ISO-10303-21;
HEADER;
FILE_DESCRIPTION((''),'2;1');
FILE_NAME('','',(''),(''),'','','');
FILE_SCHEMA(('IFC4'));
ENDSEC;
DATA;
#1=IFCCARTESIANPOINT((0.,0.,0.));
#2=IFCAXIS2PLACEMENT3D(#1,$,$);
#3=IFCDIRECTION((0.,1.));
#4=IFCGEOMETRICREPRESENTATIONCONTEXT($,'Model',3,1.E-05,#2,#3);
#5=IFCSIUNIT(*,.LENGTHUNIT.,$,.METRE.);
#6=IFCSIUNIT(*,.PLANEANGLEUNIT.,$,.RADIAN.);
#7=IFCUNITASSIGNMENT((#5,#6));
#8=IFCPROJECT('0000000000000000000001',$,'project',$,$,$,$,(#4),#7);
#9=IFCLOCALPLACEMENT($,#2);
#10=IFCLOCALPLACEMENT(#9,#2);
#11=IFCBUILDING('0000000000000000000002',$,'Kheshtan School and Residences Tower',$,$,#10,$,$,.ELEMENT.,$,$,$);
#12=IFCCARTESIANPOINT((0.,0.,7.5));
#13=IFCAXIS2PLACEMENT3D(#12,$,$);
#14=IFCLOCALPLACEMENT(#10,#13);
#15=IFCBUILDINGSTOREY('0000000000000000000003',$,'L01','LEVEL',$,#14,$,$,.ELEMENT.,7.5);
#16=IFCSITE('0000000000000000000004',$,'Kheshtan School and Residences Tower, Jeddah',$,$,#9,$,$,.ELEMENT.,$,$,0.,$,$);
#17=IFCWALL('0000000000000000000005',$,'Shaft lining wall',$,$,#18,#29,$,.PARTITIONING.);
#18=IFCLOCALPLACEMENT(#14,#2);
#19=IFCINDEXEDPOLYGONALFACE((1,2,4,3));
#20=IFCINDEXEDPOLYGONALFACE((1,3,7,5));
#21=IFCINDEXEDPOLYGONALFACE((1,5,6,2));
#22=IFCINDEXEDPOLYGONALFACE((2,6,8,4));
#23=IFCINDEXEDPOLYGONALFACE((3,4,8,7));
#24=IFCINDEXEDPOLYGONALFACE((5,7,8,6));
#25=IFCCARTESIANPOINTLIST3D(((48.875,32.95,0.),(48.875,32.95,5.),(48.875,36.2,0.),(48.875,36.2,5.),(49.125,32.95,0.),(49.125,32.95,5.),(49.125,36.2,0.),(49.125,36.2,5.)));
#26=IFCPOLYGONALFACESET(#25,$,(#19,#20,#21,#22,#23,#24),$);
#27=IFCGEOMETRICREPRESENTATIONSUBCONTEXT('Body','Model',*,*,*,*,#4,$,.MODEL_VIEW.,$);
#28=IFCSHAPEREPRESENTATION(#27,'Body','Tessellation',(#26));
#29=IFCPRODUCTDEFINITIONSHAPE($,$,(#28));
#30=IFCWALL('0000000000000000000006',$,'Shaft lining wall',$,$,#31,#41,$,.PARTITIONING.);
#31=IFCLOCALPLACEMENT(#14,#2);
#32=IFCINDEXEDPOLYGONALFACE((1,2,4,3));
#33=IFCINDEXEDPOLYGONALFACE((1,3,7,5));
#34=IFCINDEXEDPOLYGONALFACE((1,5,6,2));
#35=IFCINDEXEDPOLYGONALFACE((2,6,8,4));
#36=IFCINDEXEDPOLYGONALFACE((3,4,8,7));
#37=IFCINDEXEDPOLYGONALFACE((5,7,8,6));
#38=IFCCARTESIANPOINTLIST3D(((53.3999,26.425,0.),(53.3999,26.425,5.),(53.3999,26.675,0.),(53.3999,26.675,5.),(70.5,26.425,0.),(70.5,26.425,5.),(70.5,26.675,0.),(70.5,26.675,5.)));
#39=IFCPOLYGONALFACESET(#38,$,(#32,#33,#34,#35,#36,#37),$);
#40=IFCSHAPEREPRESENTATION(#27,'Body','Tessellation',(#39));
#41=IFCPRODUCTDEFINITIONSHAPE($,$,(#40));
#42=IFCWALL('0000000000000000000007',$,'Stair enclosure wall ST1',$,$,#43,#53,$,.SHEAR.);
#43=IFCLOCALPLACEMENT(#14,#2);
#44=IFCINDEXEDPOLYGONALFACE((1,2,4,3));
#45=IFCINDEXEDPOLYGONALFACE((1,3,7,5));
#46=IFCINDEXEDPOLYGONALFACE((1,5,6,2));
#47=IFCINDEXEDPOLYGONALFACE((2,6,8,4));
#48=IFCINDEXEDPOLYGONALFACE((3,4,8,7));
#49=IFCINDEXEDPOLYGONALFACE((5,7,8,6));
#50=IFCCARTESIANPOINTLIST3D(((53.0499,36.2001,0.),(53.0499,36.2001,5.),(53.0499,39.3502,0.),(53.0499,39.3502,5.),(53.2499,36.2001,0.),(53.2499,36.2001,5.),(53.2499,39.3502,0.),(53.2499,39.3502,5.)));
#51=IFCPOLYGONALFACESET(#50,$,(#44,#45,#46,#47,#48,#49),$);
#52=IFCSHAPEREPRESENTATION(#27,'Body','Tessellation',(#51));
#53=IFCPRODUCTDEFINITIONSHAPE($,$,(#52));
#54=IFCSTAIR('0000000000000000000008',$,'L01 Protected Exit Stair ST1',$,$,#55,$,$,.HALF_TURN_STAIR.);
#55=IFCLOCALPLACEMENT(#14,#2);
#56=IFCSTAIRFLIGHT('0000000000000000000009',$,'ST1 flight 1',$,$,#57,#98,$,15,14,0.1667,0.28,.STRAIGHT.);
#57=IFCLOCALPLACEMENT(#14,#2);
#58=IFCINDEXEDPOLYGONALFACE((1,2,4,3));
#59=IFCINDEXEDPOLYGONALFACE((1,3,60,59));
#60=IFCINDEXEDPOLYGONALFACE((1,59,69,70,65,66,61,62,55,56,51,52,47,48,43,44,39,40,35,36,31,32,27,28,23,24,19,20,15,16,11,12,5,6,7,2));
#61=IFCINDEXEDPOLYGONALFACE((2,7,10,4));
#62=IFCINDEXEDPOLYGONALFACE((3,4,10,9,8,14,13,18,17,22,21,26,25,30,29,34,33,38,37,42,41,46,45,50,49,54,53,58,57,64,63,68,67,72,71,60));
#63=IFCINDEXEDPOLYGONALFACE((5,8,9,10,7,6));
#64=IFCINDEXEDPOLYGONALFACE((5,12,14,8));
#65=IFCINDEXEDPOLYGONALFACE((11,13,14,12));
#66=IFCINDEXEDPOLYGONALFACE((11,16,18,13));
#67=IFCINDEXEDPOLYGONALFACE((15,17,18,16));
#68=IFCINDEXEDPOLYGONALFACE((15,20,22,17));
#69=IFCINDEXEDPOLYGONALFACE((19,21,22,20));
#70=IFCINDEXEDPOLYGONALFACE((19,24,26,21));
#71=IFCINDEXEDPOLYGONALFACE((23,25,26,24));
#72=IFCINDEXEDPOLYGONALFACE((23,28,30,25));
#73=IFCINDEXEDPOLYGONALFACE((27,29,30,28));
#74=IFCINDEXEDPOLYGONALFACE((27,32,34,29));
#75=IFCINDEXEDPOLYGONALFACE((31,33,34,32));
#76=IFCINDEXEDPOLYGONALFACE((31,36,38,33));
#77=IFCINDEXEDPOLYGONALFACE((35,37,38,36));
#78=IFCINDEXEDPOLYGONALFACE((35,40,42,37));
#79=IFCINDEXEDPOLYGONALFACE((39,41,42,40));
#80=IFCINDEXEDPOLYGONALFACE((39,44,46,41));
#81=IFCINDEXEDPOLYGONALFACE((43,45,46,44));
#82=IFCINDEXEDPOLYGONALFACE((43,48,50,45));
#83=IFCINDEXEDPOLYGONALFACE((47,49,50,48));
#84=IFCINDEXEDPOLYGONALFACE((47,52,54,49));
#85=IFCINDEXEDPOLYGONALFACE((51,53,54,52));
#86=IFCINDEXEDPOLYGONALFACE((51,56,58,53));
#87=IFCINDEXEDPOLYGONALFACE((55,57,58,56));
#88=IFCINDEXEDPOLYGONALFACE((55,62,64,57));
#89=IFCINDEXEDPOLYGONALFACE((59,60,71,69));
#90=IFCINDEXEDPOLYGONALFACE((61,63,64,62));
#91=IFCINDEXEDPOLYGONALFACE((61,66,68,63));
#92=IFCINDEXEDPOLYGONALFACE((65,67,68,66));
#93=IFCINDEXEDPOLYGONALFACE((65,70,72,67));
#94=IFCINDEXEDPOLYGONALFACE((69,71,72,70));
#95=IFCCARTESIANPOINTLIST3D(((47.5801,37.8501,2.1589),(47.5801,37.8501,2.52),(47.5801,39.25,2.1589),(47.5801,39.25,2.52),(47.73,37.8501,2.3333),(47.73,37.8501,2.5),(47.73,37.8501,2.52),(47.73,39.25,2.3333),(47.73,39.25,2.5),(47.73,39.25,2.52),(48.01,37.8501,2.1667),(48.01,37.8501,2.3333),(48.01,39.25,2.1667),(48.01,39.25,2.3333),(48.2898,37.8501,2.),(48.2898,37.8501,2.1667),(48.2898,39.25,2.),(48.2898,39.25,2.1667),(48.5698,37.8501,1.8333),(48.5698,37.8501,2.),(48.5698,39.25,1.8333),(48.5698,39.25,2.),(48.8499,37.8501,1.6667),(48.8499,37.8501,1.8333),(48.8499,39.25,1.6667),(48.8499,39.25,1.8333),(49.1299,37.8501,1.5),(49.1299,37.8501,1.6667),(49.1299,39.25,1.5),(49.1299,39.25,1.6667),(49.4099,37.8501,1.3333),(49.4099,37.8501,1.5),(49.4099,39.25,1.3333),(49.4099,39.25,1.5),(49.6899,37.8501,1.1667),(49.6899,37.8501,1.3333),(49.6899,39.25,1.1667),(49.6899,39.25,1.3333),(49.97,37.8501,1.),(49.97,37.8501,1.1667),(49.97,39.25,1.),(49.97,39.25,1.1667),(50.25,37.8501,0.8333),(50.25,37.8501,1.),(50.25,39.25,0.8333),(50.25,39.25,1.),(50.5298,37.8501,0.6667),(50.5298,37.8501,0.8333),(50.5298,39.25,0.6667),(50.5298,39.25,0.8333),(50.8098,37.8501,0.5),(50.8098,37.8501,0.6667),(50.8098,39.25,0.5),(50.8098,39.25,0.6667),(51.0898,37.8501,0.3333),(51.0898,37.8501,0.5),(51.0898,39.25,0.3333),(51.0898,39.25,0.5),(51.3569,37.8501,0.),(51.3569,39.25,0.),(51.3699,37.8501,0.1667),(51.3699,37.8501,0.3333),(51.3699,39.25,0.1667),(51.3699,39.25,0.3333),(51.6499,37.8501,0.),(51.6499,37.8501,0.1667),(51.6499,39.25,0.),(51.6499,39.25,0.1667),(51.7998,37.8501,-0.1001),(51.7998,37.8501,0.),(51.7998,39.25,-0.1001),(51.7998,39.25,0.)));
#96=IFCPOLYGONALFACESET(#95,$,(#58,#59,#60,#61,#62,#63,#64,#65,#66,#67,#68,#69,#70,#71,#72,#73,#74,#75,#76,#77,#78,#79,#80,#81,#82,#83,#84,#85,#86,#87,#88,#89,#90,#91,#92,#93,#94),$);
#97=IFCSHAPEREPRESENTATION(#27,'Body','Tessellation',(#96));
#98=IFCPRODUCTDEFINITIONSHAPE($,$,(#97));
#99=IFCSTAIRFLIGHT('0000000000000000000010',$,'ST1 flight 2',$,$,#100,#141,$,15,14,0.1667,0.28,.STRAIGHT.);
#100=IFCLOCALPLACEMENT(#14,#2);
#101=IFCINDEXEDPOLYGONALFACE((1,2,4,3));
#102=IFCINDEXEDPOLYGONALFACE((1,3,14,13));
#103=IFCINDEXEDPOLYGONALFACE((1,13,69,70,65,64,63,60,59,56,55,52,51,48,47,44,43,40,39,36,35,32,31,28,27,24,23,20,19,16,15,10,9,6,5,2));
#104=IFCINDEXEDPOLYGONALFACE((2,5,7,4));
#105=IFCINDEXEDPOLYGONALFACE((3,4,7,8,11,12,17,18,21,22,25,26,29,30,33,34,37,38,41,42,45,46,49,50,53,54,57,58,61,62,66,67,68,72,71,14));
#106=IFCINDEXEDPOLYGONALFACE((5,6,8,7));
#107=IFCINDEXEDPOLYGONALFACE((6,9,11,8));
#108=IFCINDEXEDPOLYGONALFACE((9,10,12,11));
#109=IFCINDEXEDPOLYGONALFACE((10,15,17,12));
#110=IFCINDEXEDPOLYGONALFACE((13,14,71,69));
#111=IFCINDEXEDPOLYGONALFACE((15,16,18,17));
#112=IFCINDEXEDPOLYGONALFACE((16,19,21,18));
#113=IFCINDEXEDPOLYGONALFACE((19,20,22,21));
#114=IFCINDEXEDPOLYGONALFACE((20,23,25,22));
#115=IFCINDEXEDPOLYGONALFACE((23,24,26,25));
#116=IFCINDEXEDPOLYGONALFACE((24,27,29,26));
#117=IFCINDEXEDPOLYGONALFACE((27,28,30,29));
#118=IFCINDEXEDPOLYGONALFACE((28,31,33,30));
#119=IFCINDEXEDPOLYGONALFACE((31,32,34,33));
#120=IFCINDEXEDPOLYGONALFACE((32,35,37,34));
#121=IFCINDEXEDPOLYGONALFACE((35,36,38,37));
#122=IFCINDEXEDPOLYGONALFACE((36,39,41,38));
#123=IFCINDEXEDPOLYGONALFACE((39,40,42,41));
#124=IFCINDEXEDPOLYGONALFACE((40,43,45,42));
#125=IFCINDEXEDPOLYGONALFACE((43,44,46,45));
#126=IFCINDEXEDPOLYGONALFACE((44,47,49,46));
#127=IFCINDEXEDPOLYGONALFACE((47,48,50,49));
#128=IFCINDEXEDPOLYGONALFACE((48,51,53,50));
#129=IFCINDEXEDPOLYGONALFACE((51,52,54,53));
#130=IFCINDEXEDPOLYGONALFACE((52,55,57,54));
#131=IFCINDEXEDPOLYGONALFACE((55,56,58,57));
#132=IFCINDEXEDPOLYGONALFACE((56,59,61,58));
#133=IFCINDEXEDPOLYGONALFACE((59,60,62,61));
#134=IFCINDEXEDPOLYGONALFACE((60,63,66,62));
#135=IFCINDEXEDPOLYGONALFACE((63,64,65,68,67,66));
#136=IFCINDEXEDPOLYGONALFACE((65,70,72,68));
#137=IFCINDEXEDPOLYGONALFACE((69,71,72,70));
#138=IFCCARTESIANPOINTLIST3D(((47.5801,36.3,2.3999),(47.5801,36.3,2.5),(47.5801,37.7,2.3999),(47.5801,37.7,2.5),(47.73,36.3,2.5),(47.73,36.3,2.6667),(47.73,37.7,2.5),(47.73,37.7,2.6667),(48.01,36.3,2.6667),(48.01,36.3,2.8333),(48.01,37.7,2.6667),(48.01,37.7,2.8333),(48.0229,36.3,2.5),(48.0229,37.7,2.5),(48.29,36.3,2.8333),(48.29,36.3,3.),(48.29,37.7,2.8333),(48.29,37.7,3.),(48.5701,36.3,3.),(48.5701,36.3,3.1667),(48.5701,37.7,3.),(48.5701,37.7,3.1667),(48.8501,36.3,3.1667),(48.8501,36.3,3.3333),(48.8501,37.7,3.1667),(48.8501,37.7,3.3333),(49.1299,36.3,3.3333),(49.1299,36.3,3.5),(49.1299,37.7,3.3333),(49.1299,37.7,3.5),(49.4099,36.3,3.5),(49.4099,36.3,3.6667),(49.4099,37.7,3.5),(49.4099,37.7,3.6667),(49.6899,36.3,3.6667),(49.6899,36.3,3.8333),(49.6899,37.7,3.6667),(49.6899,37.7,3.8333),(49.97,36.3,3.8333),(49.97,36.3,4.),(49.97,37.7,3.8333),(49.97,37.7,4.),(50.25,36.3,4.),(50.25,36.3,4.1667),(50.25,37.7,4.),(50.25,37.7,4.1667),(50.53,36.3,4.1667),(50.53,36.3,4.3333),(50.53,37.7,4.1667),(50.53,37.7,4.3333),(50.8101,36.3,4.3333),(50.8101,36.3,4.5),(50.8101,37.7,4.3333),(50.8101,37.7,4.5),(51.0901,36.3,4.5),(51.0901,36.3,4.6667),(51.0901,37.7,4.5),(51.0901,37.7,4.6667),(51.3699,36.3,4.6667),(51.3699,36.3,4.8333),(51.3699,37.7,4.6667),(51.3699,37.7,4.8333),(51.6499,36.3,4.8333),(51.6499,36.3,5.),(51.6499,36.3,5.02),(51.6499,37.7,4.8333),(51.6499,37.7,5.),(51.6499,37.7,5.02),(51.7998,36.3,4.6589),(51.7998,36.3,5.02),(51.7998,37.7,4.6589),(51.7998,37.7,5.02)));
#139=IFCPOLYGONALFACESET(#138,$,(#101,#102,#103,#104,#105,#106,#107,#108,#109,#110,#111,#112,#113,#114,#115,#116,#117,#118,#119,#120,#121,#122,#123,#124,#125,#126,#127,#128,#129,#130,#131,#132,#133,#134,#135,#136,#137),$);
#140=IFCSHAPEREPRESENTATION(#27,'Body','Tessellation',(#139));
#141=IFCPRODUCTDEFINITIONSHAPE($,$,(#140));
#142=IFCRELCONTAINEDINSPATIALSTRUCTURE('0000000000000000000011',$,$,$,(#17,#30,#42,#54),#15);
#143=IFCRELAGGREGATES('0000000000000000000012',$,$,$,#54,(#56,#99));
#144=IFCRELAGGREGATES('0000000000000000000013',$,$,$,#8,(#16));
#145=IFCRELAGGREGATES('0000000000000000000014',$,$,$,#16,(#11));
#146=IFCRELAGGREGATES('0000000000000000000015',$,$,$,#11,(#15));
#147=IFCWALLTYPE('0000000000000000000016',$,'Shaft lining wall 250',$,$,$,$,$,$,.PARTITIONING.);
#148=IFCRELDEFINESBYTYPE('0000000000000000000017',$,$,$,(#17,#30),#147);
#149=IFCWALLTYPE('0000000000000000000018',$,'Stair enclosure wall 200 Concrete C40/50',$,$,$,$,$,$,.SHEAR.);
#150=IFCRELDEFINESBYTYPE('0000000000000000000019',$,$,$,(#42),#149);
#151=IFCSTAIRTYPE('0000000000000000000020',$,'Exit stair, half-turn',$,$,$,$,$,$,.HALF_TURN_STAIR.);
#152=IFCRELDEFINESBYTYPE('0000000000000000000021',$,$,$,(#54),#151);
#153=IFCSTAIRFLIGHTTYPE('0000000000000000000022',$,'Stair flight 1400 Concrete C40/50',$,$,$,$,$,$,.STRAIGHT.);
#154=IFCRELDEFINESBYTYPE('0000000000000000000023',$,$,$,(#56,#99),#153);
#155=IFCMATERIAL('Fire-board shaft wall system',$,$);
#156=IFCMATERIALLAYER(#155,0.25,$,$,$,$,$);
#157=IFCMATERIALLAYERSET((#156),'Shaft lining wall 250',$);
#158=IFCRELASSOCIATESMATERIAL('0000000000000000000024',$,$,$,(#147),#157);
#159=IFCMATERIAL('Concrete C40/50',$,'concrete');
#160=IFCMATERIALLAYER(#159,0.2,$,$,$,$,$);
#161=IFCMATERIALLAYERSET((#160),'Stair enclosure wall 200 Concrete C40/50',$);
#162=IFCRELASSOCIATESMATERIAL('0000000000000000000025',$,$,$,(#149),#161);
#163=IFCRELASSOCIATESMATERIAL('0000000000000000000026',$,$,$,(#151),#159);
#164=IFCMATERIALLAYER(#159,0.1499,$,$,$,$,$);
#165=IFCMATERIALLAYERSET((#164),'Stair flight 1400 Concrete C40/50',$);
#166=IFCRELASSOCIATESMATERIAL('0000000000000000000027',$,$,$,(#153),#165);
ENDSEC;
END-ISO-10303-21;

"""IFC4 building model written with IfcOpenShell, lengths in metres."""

from ifc_helpers import new_model, si_unit, direction, frame, frame_2d, origin, place, context, subcontext, project, spatial, polyline, rectangle, outline, extrude, material, layer, layer_set, type_object, element, aggregate, save


model = new_model("IFC4")

# Units and contexts
model_context = context("Model", 3, precision=1e-05, world=origin(), true_north=direction((0.0, 1.0)))
body_context = subcontext(model_context, "Body", "Model", "MODEL_VIEW")
ifc_project = project(units=[si_unit("LENGTHUNIT", "METRE"), si_unit("PLANEANGLEUNIT", "RADIAN")], contexts=[model_context])

# Site, building, storey
site_placement = place(None, origin())
site = spatial("IfcSite", under=ifc_project, at=site_placement, Name="Kheshtan School and Residences Tower, Jeddah", CompositionType="ELEMENT", RefElevation=0.0)
building_placement = place(site_placement, origin())
building = spatial("IfcBuilding", under=site, at=building_placement, Name="Kheshtan School and Residences Tower", CompositionType="ELEMENT")
storey_placement = place(building_placement, frame((0.0, 0.0, 7.5)))
storey = spatial("IfcBuildingStorey", under=building, at=storey_placement, Name="L01", Description="LEVEL", CompositionType="ELEMENT", Elevation=7.5)

# Walls
ifc_material_1 = material(Name="Fire-board shaft wall system")
ifc_layer_1 = layer(ifc_material_1, 0.25)
ifc_layer_set_1 = layer_set([ifc_layer_1], Name="Shaft lining wall 250")
wall_type_1 = type_object("IfcWallType", Name="Shaft lining wall 250", PredefinedType="PARTITIONING", material=ifc_layer_set_1)
wall_1_placement = place(storey_placement, frame((49.0, 32.95, 0.0), z_axis=(0.0, 0.0, 1.0), x_axis=(0.0, 1.0, 0.0)))
element("IfcWall", 1, at=wall_1_placement, inside=storey, type_object=wall_type_1, Name="Shaft lining wall", PredefinedType="PARTITIONING", context=body_context, shape_type="SweptSolid", body=[
    extrude(rectangle(XDim=3.25, YDim=0.25, at=frame_2d((1.625, 0.0))), origin(), (0.0, 0.0, 1.0), 5.0),
])
wall_2_placement = place(storey_placement, frame((53.3999, 26.55, 0.0), z_axis=(0.0, 0.0, 1.0), x_axis=(1.0, 0.0, 0.0)))
element("IfcWall", 2, at=wall_2_placement, inside=storey, type_object=wall_type_1, Name="Shaft lining wall", PredefinedType="PARTITIONING", context=body_context, shape_type="SweptSolid", body=[
    extrude(rectangle(XDim=17.1001, YDim=0.25, at=frame_2d((8.55, 0.0))), origin(), (0.0, 0.0, 1.0), 5.0),
])
ifc_material_2 = material(Name="Concrete C40/50", Category="concrete")
ifc_layer_2 = layer(ifc_material_2, 0.2)
ifc_layer_set_2 = layer_set([ifc_layer_2], Name="Stair enclosure wall 200 Concrete C40/50")
wall_type_2 = type_object("IfcWallType", Name="Stair enclosure wall 200 Concrete C40/50", PredefinedType="SHEAR", material=ifc_layer_set_2)
wall_3_placement = place(storey_placement, frame((53.1499, 36.2, 0.0), z_axis=(0.0, 0.0, 1.0), x_axis=(0.0, 1.0, 0.0)))
element("IfcWall", 3, at=wall_3_placement, inside=storey, type_object=wall_type_2, Name="Stair enclosure wall ST1", PredefinedType="SHEAR", context=body_context, shape_type="SweptSolid", body=[
    extrude(rectangle(XDim=3.1501, YDim=0.2, at=frame_2d((1.5752, 0.0))), origin(), (0.0, 0.0, 1.0), 5.0),
])

# Stair, stair flights
stair_type = type_object("IfcStairType", Name="Exit stair, half-turn", PredefinedType="HALF_TURN_STAIR", material=ifc_material_2)
stair_placement = place(storey_placement, origin())
stair = element("IfcStair", 4, at=stair_placement, inside=storey, type_object=stair_type, Name="L01 Protected Exit Stair ST1", PredefinedType="HALF_TURN_STAIR")
ifc_layer_3 = layer(ifc_material_2, 0.1499)
ifc_layer_set_3 = layer_set([ifc_layer_3], Name="Stair flight 1400 Concrete C40/50")
stair_flight_type = type_object("IfcStairFlightType", Name="Stair flight 1400 Concrete C40/50", PredefinedType="STRAIGHT", material=ifc_layer_set_3)
stair_flight_1_placement = place(storey_placement, frame((51.6499, 38.55, 0.0), z_axis=(0.0, 0.0, 1.0), x_axis=(-1.0, 0.0, 0.0)))
stair_flight_1 = element("IfcStairFlight", 5, at=stair_flight_1_placement, type_object=stair_flight_type, Name="ST1 flight 1", NumberOfRisers=15, NumberOfTreads=14, PredefinedType="STRAIGHT", RiserHeight=0.1667, TreadLength=0.28, context=body_context, shape_type="SweptSolid", body=[
    extrude(outline(polyline([(-0.1499, -0.1001), (-0.1499, 0.0), (0.0, 0.0), (0.0, 0.1667), (0.28, 0.1667), (0.28, 0.3333), (0.5601, 0.3333), (0.5601, 0.5), (0.8401, 0.5), (0.8401, 0.6667), (1.1201, 0.6667), (1.1201, 0.8333), (1.3999, 0.8333), (1.3999, 1.0), (1.6799, 1.0), (1.6799, 1.1667), (1.96, 1.1667), (1.96, 1.3333), (2.24, 1.3333), (2.24, 1.5), (2.52, 1.5), (2.52, 1.6667), (2.8, 1.6667), (2.8, 1.8333), (3.0801, 1.8333), (3.0801, 2.0), (3.3601, 2.0), (3.3601, 2.1667), (3.6399, 2.1667), (3.6399, 2.3333), (3.9199, 2.3333), (3.9199, 2.5), (3.9199, 2.52), (4.0698, 2.52), (4.0698, 2.1589), (0.293, 0.0), (-0.1499, -0.1001)])), frame((0.0, 0.7, 0.0), z_axis=(0.0, -1.0, 0.0), x_axis=(1.0, 0.0, 0.0)), (0.0, 0.0, 1.0), 1.3999),
])
stair_flight_2_placement = place(storey_placement, frame((47.73, 37.0, 2.5), z_axis=(0.0, 0.0, 1.0), x_axis=(1.0, 0.0, 0.0)))
stair_flight_2 = element("IfcStairFlight", 6, at=stair_flight_2_placement, type_object=stair_flight_type, Name="ST1 flight 2", NumberOfRisers=15, NumberOfTreads=14, PredefinedType="STRAIGHT", RiserHeight=0.1667, TreadLength=0.28, context=body_context, shape_type="SweptSolid", body=[
    extrude(outline(polyline([(-0.1499, -0.1001), (-0.1499, 0.0), (0.0, 0.0), (0.0, 0.1667), (0.28, 0.1667), (0.28, 0.3333), (0.5601, 0.3333), (0.5601, 0.5), (0.8401, 0.5), (0.8401, 0.6667), (1.1201, 0.6667), (1.1201, 0.8333), (1.3999, 0.8333), (1.3999, 1.0), (1.6799, 1.0), (1.6799, 1.1667), (1.96, 1.1667), (1.96, 1.3333), (2.24, 1.3333), (2.24, 1.5), (2.52, 1.5), (2.52, 1.6667), (2.8, 1.6667), (2.8, 1.8333), (3.0801, 1.8333), (3.0801, 2.0), (3.3601, 2.0), (3.3601, 2.1667), (3.6399, 2.1667), (3.6399, 2.3333), (3.9199, 2.3333), (3.9199, 2.5), (3.9199, 2.52), (4.0698, 2.52), (4.0698, 2.1589), (0.293, 0.0), (-0.1499, -0.1001)])), frame((0.0, 0.7, 0.0), z_axis=(0.0, -1.0, 0.0), x_axis=(1.0, 0.0, 0.0)), (0.0, 0.0, 1.0), 1.3999),
])
aggregate(stair, [stair_flight_1, stair_flight_2])

save(model, "model.ifc")
